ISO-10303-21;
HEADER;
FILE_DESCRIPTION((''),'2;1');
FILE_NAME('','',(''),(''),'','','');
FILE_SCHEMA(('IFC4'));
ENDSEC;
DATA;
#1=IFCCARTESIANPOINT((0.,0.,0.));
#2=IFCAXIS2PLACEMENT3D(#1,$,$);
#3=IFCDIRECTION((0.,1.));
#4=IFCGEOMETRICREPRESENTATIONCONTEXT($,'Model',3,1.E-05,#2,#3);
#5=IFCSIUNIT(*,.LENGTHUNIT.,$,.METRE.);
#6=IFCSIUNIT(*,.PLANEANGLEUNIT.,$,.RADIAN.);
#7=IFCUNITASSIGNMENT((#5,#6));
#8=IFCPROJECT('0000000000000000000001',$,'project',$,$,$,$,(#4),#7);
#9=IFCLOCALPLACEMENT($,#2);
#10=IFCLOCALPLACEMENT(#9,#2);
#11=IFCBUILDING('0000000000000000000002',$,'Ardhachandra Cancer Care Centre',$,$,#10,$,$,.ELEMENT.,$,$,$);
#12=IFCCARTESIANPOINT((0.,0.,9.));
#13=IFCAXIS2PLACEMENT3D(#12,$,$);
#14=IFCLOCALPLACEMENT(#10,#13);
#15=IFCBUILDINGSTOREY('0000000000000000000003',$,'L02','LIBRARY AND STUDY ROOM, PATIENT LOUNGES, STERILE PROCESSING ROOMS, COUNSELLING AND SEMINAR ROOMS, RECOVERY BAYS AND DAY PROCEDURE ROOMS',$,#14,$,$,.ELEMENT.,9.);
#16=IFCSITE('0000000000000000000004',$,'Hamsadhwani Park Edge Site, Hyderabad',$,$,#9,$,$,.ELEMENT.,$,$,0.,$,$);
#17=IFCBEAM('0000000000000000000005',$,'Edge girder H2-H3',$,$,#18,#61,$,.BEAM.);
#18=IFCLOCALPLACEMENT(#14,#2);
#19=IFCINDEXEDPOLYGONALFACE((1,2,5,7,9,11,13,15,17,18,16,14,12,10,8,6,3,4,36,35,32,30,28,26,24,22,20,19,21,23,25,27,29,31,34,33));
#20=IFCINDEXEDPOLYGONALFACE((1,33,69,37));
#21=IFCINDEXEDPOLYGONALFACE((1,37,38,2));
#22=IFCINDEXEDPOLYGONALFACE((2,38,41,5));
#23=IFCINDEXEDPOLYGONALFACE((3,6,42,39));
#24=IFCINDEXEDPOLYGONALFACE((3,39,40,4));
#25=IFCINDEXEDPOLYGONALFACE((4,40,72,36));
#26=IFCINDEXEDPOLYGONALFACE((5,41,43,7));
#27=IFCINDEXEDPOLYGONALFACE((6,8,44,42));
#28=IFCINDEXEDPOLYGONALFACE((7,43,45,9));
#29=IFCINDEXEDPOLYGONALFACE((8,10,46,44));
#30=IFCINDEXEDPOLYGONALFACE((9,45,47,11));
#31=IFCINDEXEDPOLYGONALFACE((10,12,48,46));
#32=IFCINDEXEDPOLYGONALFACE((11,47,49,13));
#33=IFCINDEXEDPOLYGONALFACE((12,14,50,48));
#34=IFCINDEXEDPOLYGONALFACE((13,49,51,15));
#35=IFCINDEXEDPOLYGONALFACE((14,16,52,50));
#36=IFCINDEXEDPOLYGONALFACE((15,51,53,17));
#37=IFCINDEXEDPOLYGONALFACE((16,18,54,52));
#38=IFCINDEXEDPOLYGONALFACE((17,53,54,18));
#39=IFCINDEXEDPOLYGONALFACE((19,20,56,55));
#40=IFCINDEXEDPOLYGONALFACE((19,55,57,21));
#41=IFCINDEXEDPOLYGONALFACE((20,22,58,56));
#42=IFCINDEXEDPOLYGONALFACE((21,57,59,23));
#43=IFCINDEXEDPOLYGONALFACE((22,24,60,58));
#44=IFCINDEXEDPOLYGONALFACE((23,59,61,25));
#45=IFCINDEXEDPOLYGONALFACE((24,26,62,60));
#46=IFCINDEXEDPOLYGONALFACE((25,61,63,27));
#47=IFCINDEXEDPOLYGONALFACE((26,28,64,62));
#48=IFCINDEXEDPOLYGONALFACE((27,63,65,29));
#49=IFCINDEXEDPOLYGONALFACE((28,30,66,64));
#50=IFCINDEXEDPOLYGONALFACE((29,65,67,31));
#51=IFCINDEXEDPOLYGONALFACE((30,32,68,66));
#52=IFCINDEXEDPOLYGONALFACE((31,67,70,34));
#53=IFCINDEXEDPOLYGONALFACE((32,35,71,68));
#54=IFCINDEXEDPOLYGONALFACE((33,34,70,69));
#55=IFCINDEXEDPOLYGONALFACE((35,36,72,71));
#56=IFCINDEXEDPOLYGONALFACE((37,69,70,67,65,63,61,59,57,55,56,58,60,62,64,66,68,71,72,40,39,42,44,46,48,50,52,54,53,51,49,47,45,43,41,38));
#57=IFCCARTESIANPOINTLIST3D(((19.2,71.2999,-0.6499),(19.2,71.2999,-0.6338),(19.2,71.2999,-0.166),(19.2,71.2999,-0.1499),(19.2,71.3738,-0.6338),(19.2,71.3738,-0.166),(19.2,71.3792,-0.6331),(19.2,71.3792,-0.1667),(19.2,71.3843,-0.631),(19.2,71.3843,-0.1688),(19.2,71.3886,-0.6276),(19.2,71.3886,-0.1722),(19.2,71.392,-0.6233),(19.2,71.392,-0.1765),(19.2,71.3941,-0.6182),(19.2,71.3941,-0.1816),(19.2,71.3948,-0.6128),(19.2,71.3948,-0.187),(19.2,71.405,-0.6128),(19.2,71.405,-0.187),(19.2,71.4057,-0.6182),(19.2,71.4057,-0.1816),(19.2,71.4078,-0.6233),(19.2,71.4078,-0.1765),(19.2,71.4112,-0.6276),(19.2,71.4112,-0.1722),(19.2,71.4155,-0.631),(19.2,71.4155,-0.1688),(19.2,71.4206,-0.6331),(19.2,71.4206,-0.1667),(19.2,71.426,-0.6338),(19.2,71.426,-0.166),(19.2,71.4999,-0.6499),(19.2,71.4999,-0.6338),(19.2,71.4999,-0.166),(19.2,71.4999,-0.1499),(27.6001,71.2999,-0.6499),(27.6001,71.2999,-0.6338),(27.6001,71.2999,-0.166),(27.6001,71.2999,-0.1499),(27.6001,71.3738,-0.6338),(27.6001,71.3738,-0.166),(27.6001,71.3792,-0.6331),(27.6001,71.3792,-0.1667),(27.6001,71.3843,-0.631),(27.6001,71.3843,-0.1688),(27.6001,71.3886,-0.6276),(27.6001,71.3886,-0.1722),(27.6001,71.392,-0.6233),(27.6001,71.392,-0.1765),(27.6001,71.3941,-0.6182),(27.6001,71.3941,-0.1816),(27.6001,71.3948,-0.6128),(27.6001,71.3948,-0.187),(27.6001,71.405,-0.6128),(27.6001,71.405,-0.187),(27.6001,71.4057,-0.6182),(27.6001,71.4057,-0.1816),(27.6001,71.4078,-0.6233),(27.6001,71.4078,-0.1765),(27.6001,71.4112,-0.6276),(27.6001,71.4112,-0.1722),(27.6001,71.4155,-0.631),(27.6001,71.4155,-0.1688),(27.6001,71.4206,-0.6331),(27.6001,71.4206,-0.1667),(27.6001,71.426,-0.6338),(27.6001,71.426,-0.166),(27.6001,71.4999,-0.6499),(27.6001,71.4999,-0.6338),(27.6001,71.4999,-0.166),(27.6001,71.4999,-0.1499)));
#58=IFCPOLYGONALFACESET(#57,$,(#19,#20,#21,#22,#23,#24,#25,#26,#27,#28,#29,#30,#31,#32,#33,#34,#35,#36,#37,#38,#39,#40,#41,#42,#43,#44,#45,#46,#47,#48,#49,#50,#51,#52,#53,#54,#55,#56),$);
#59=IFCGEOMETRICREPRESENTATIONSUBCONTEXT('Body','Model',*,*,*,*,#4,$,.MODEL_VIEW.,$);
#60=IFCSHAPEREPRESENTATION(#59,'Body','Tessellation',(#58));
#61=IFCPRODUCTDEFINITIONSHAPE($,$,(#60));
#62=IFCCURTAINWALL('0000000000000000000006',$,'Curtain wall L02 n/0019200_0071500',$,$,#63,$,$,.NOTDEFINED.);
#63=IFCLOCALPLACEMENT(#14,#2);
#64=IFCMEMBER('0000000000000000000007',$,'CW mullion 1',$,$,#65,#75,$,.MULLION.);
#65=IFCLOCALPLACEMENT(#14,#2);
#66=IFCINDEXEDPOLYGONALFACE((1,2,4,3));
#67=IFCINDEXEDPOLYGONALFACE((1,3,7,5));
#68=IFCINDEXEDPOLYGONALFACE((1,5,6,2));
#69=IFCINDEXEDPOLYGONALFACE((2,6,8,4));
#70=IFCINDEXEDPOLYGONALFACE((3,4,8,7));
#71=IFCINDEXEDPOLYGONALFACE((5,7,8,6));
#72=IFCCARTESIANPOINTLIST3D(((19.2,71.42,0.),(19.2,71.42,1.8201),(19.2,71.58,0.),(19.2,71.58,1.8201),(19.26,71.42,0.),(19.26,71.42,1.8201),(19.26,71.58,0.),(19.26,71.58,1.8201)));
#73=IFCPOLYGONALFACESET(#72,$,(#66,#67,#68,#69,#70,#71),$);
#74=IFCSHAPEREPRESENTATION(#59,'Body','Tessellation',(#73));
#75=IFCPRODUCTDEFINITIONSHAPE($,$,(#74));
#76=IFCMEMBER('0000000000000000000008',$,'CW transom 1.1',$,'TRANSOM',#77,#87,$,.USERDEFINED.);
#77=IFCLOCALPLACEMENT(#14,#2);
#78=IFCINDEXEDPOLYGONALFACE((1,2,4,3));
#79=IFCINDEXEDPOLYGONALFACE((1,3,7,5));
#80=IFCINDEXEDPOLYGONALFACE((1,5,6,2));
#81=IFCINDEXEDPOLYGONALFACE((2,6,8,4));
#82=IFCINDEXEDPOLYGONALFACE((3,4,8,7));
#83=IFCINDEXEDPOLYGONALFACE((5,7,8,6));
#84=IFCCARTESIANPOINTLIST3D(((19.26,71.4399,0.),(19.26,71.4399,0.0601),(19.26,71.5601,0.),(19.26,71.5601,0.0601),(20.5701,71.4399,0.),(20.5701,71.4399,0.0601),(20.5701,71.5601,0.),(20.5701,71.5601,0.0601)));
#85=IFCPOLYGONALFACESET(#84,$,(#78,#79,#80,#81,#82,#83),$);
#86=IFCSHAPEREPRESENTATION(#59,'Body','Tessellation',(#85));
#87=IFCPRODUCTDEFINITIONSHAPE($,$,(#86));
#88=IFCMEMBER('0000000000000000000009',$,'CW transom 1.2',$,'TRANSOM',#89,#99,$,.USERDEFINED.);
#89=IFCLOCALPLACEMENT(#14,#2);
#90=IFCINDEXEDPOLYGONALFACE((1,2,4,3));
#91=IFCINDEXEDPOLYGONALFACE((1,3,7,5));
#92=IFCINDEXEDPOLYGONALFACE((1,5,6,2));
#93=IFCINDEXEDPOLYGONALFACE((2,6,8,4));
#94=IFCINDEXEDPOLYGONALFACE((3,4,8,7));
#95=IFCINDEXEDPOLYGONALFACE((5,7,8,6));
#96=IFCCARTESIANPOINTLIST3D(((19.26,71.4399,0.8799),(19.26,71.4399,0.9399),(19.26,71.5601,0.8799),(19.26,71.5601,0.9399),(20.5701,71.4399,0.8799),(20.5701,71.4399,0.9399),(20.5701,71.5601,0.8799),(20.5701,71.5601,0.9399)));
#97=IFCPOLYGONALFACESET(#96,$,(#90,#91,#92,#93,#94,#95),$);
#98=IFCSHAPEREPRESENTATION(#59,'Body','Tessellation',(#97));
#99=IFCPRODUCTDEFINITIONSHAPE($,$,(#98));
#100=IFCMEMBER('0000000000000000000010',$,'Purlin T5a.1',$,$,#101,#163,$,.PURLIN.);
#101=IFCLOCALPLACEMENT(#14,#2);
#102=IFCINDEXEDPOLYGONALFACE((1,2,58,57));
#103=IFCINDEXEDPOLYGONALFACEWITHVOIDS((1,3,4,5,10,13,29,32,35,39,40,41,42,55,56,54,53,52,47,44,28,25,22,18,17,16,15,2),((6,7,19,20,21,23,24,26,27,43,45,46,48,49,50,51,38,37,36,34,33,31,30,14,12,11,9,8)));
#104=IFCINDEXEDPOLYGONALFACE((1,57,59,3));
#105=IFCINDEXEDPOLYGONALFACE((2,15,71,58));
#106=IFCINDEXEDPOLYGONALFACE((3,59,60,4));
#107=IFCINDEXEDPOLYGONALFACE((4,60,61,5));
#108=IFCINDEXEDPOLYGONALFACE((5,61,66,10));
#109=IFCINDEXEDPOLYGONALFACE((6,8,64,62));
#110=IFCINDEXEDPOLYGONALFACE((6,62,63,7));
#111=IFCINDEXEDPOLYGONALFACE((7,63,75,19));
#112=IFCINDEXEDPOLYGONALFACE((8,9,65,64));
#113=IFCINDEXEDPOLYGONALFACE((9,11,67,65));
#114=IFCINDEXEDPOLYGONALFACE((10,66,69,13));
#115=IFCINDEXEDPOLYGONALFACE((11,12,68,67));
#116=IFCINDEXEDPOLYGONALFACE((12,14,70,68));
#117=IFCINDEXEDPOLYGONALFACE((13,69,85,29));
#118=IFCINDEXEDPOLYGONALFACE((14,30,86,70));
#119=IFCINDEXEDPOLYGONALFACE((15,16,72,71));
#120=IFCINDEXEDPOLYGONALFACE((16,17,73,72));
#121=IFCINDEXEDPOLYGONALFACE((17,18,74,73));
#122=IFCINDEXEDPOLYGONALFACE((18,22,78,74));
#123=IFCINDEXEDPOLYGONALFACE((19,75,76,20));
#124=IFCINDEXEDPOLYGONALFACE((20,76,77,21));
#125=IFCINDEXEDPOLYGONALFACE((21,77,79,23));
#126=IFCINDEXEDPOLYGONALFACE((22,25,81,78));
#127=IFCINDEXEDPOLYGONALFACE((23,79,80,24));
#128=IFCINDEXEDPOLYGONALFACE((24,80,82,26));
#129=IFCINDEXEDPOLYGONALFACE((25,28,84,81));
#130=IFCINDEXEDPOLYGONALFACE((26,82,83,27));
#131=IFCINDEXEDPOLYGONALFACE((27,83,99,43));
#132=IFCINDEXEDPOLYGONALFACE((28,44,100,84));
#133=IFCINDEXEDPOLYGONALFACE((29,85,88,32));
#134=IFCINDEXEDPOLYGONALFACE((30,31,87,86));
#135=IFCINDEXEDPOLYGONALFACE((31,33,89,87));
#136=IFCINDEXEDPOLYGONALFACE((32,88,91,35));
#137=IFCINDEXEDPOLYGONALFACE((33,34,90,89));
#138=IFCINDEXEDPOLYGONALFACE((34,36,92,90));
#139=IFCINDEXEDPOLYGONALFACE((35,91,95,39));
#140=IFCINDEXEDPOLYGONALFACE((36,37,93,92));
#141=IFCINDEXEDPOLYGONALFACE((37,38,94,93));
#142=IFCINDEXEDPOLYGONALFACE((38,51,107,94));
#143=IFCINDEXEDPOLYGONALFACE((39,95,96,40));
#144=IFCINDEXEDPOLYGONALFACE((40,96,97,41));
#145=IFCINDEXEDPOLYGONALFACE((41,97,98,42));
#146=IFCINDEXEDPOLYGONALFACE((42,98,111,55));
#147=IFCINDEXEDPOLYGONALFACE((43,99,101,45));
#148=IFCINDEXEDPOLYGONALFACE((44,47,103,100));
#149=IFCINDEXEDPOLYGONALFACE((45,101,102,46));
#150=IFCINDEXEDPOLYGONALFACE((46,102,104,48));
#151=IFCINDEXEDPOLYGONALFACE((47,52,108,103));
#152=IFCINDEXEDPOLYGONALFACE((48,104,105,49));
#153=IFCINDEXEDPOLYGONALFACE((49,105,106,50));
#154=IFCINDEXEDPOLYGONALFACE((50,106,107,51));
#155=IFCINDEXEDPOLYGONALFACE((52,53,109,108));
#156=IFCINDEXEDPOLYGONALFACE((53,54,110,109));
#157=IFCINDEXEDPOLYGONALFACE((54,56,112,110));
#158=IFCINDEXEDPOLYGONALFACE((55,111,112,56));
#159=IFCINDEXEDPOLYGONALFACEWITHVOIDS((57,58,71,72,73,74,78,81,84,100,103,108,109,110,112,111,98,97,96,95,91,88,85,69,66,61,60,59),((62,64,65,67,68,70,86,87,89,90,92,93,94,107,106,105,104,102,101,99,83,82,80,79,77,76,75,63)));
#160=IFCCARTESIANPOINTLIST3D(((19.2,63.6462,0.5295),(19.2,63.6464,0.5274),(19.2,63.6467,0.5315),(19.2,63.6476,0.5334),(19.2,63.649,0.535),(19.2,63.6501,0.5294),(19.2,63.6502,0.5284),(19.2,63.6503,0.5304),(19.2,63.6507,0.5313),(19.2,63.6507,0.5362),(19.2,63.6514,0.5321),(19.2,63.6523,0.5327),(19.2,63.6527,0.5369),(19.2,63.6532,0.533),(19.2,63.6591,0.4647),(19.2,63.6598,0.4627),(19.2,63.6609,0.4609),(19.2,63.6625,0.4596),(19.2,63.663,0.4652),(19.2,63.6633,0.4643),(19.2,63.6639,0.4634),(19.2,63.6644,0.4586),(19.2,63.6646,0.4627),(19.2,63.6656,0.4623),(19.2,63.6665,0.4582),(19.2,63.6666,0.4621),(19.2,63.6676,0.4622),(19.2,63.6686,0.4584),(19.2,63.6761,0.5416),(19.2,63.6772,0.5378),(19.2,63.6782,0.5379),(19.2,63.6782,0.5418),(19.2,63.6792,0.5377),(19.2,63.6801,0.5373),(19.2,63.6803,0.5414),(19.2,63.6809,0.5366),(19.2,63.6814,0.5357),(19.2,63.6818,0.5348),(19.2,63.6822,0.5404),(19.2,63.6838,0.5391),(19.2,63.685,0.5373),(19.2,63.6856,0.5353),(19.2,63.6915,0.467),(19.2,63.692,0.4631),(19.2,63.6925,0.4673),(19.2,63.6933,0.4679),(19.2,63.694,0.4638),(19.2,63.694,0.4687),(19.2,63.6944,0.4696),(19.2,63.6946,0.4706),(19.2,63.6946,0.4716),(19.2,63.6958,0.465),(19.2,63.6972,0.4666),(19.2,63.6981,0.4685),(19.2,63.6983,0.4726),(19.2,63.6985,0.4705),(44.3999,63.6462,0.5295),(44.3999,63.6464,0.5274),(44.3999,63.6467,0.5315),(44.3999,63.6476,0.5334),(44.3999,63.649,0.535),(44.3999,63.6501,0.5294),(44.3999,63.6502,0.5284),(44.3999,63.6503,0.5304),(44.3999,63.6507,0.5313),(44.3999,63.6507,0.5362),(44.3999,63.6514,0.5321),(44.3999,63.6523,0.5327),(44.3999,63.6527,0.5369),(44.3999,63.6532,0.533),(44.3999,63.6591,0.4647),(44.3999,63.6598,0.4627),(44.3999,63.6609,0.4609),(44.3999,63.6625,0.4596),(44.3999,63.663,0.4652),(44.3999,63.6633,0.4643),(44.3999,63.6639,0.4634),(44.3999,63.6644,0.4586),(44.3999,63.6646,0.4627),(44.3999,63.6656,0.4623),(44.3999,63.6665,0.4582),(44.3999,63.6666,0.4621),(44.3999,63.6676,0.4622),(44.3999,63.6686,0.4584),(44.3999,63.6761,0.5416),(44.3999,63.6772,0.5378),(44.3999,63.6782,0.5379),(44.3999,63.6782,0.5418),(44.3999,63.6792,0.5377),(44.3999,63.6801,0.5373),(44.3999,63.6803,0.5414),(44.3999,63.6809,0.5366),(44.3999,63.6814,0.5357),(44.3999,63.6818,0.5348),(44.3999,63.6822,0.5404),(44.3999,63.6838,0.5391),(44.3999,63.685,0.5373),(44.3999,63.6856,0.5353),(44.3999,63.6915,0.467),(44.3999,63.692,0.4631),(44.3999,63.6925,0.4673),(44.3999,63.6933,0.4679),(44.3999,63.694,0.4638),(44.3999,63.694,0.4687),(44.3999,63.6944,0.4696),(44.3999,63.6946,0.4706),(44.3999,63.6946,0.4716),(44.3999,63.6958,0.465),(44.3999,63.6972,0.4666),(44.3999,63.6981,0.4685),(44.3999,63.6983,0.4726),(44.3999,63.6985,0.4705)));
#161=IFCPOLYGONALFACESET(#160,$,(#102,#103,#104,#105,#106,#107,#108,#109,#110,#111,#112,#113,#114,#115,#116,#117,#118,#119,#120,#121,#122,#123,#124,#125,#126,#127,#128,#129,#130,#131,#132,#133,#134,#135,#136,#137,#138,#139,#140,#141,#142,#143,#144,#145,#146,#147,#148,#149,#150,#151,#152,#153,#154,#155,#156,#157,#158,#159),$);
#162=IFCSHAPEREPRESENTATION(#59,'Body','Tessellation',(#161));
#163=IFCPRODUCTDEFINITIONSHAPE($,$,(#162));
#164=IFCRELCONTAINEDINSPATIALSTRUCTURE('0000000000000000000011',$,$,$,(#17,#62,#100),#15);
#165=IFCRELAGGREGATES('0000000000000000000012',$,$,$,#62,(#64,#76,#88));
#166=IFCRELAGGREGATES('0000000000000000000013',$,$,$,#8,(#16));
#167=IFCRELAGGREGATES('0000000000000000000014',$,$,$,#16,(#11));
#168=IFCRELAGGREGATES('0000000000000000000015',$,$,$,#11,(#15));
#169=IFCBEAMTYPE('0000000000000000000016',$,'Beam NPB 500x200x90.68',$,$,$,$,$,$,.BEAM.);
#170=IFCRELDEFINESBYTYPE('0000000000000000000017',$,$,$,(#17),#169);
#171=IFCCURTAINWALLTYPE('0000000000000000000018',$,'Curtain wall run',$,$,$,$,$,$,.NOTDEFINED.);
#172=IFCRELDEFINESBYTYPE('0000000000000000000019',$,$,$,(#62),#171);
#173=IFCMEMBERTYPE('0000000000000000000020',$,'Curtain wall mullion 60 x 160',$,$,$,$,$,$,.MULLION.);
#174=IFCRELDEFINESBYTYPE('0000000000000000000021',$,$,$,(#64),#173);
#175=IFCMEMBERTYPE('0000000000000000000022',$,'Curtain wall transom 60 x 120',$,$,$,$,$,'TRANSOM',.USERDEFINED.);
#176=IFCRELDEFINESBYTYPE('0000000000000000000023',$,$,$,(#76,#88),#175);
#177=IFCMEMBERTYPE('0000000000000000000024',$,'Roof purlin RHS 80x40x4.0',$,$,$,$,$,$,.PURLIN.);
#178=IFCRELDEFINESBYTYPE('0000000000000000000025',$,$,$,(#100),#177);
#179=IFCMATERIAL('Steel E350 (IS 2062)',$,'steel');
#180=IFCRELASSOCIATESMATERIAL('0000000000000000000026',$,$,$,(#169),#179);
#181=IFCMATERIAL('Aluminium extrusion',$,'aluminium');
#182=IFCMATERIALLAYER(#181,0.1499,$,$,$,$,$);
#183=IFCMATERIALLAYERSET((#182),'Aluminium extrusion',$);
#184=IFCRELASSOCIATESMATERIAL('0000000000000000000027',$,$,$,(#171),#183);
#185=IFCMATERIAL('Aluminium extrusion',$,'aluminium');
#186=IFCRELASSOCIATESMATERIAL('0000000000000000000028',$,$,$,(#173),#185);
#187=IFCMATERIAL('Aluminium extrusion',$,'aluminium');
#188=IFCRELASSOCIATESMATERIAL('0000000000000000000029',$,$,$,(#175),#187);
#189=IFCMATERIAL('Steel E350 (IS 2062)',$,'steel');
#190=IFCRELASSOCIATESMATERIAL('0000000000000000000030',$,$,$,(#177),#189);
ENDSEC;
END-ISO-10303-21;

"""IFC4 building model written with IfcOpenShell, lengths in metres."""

from ifc_helpers import new_model, si_unit, direction, frame, origin, origin_2d, place, context, subcontext, project, spatial, rectangle, hollow_rectangle, i_section, extrude, material, layer, layer_set, material_profile, profile_set, type_object, element, aggregate, save


model = new_model("IFC4")

# Units and contexts
model_context = context("Model", 3, precision=1e-05, world=origin(), true_north=direction((0.0, 1.0)))
body_context = subcontext(model_context, "Body", "Model", "MODEL_VIEW")
ifc_project = project(units=[si_unit("LENGTHUNIT", "METRE"), si_unit("PLANEANGLEUNIT", "RADIAN")], contexts=[model_context])

# Site, building, storey
site_placement = place(None, origin())
site = spatial("IfcSite", under=ifc_project, at=site_placement, Name="Hamsadhwani Park Edge Site, Hyderabad", CompositionType="ELEMENT", RefElevation=0.0)
building_placement = place(site_placement, origin())
building = spatial("IfcBuilding", under=site, at=building_placement, Name="Ardhachandra Cancer Care Centre", CompositionType="ELEMENT")
storey_placement = place(building_placement, frame((0.0, 0.0, 9.0)))
storey = spatial("IfcBuildingStorey", under=building, at=storey_placement, Name="L02", Description="LIBRARY AND STUDY ROOM, PATIENT LOUNGES, STERILE PROCESSING ROOMS, COUNSELLING AND SEMINAR ROOMS, RECOVERY BAYS AND DAY PROCEDURE ROOMS", CompositionType="ELEMENT", Elevation=9.0)

# Beam
ifc_material_1 = material(Name="Steel E350 (IS 2062)", Category="steel")
ifc_material_profile_1 = material_profile(ifc_material_1, i_section(OverallWidth=0.2, OverallDepth=0.5, WebThickness=0.0103, FlangeThickness=0.0161, FilletRadius=0.021, at=origin_2d()), Name="NPB 500x200x90.68")
ifc_profile_set_1 = profile_set([ifc_material_profile_1], Name="Steel E350 (IS 2062)")
beam_type_1 = type_object("IfcBeamType", Name="Beam NPB 500x200x90.68", PredefinedType="BEAM", material=ifc_profile_set_1)
beam_1_placement = place(storey_placement, frame((19.2, 71.3999, -0.3999), z_axis=(1.0, 0.0, 0.0), x_axis=(0.0, 1.0, 0.0)))
element("IfcBeam", 1, at=beam_1_placement, inside=storey, type_object=beam_type_1, Name="Edge girder H2-H3", PredefinedType="BEAM", context=body_context, shape_type="SweptSolid", body=[
    extrude(i_section(OverallWidth=0.2, OverallDepth=0.5, WebThickness=0.0103, FlangeThickness=0.0161, FilletRadius=0.021, at=origin_2d()), origin(), (0.0, 0.0, 1.0), 8.4001),
])

# Curtain wall, members
ifc_material_2 = material(Name="Aluminium extrusion", Category="aluminium")
ifc_layer_1 = layer(ifc_material_2, 0.1499)
ifc_layer_set_1 = layer_set([ifc_layer_1], Name="Aluminium extrusion")
curtain_wall_type = type_object("IfcCurtainWallType", Name="Curtain wall run", PredefinedType="NOTDEFINED", material=ifc_layer_set_1)
curtain_wall_placement = place(storey_placement, origin())
curtain_wall = element("IfcCurtainWall", 2, at=curtain_wall_placement, inside=storey, type_object=curtain_wall_type, Name="Curtain wall L02 n/0019200_0071500", PredefinedType="NOTDEFINED")
ifc_material_3 = material(Name="Aluminium extrusion", Category="aluminium")
ifc_material_profile_2 = material_profile(ifc_material_3, rectangle(XDim=0.1599, YDim=0.0601, at=origin_2d()), Name="Curtain wall mullion 60 x 160")
ifc_profile_set_2 = profile_set([ifc_material_profile_2], Name="Aluminium extrusion")
member_type_1 = type_object("IfcMemberType", Name="Curtain wall mullion 60 x 160", PredefinedType="MULLION", material=ifc_profile_set_2)
member_1_placement = place(storey_placement, frame((19.23, 71.5, 0.0), z_axis=(0.0, 0.0, 1.0), x_axis=(0.0, 1.0, 0.0)))
member_1 = element("IfcMember", 3, at=member_1_placement, type_object=member_type_1, Name="CW mullion 1", PredefinedType="MULLION", context=body_context, shape_type="SweptSolid", body=[
    extrude(rectangle(XDim=0.1599, YDim=0.0601, at=origin_2d()), origin(), (0.0, 0.0, 1.0), 1.8201),
])
ifc_material_4 = material(Name="Aluminium extrusion", Category="aluminium")
ifc_material_profile_3 = material_profile(ifc_material_4, rectangle(XDim=0.1201, YDim=0.0601, at=origin_2d()), Name="Curtain wall transom 60 x 120")
ifc_profile_set_3 = profile_set([ifc_material_profile_3], Name="Aluminium extrusion")
member_type_2 = type_object("IfcMemberType", Name="Curtain wall transom 60 x 120", ElementType="TRANSOM", PredefinedType="USERDEFINED", material=ifc_profile_set_3)
member_2_placement = place(storey_placement, frame((19.26, 71.5, 0.03), z_axis=(1.0, 0.0, 0.0), x_axis=(0.0, 1.0, 0.0)))
member_2 = element("IfcMember", 4, at=member_2_placement, type_object=member_type_2, Name="CW transom 1.1", ObjectType="TRANSOM", PredefinedType="USERDEFINED", context=body_context, shape_type="SweptSolid", body=[
    extrude(rectangle(XDim=0.1201, YDim=0.0601, at=origin_2d()), origin(), (0.0, 0.0, 1.0), 1.3101),
])
member_3_placement = place(storey_placement, frame((19.26, 71.5, 0.9099), z_axis=(1.0, 0.0, 0.0), x_axis=(0.0, 1.0, 0.0)))
member_3 = element("IfcMember", 5, at=member_3_placement, type_object=member_type_2, Name="CW transom 1.2", ObjectType="TRANSOM", PredefinedType="USERDEFINED", context=body_context, shape_type="SweptSolid", body=[
    extrude(rectangle(XDim=0.1201, YDim=0.0601, at=origin_2d()), origin(), (0.0, 0.0, 1.0), 1.3101),
])
aggregate(curtain_wall, [member_1, member_2, member_3])

# Member
ifc_material_5 = material(Name="Steel E350 (IS 2062)", Category="steel")
ifc_material_profile_4 = material_profile(ifc_material_5, hollow_rectangle(XDim=0.04, YDim=0.0801, WallThickness=0.0039, InnerFilletRadius=0.0039, OuterFilletRadius=0.0081, at=origin_2d()), Name="RHS 80x40x4.0")
ifc_profile_set_4 = profile_set([ifc_material_profile_4], Name="Steel E350 (IS 2062)")
member_type_3 = type_object("IfcMemberType", Name="Roof purlin RHS 80x40x4.0", PredefinedType="PURLIN", material=ifc_profile_set_4)
for number, where, z_axis, x_axis, name in (
    (6, (19.2, 63.6724, 0.5), (1.0, 0.0, 0.0), (0.0, 0.980107, 0.198472), "Purlin T5a.1"),
):
    element("IfcMember", number, at=place(storey_placement, frame(where, z_axis=z_axis, x_axis=x_axis)), inside=storey, type_object=member_type_3, Name=name, PredefinedType="PURLIN", context=body_context, shape_type="SweptSolid", body=[
        extrude(hollow_rectangle(XDim=0.04, YDim=0.0801, WallThickness=0.0039, InnerFilletRadius=0.0039, OuterFilletRadius=0.0081, at=origin_2d()), origin(), (0.0, 0.0, 1.0), 25.2),
    ])

save(model, "model.ifc")
